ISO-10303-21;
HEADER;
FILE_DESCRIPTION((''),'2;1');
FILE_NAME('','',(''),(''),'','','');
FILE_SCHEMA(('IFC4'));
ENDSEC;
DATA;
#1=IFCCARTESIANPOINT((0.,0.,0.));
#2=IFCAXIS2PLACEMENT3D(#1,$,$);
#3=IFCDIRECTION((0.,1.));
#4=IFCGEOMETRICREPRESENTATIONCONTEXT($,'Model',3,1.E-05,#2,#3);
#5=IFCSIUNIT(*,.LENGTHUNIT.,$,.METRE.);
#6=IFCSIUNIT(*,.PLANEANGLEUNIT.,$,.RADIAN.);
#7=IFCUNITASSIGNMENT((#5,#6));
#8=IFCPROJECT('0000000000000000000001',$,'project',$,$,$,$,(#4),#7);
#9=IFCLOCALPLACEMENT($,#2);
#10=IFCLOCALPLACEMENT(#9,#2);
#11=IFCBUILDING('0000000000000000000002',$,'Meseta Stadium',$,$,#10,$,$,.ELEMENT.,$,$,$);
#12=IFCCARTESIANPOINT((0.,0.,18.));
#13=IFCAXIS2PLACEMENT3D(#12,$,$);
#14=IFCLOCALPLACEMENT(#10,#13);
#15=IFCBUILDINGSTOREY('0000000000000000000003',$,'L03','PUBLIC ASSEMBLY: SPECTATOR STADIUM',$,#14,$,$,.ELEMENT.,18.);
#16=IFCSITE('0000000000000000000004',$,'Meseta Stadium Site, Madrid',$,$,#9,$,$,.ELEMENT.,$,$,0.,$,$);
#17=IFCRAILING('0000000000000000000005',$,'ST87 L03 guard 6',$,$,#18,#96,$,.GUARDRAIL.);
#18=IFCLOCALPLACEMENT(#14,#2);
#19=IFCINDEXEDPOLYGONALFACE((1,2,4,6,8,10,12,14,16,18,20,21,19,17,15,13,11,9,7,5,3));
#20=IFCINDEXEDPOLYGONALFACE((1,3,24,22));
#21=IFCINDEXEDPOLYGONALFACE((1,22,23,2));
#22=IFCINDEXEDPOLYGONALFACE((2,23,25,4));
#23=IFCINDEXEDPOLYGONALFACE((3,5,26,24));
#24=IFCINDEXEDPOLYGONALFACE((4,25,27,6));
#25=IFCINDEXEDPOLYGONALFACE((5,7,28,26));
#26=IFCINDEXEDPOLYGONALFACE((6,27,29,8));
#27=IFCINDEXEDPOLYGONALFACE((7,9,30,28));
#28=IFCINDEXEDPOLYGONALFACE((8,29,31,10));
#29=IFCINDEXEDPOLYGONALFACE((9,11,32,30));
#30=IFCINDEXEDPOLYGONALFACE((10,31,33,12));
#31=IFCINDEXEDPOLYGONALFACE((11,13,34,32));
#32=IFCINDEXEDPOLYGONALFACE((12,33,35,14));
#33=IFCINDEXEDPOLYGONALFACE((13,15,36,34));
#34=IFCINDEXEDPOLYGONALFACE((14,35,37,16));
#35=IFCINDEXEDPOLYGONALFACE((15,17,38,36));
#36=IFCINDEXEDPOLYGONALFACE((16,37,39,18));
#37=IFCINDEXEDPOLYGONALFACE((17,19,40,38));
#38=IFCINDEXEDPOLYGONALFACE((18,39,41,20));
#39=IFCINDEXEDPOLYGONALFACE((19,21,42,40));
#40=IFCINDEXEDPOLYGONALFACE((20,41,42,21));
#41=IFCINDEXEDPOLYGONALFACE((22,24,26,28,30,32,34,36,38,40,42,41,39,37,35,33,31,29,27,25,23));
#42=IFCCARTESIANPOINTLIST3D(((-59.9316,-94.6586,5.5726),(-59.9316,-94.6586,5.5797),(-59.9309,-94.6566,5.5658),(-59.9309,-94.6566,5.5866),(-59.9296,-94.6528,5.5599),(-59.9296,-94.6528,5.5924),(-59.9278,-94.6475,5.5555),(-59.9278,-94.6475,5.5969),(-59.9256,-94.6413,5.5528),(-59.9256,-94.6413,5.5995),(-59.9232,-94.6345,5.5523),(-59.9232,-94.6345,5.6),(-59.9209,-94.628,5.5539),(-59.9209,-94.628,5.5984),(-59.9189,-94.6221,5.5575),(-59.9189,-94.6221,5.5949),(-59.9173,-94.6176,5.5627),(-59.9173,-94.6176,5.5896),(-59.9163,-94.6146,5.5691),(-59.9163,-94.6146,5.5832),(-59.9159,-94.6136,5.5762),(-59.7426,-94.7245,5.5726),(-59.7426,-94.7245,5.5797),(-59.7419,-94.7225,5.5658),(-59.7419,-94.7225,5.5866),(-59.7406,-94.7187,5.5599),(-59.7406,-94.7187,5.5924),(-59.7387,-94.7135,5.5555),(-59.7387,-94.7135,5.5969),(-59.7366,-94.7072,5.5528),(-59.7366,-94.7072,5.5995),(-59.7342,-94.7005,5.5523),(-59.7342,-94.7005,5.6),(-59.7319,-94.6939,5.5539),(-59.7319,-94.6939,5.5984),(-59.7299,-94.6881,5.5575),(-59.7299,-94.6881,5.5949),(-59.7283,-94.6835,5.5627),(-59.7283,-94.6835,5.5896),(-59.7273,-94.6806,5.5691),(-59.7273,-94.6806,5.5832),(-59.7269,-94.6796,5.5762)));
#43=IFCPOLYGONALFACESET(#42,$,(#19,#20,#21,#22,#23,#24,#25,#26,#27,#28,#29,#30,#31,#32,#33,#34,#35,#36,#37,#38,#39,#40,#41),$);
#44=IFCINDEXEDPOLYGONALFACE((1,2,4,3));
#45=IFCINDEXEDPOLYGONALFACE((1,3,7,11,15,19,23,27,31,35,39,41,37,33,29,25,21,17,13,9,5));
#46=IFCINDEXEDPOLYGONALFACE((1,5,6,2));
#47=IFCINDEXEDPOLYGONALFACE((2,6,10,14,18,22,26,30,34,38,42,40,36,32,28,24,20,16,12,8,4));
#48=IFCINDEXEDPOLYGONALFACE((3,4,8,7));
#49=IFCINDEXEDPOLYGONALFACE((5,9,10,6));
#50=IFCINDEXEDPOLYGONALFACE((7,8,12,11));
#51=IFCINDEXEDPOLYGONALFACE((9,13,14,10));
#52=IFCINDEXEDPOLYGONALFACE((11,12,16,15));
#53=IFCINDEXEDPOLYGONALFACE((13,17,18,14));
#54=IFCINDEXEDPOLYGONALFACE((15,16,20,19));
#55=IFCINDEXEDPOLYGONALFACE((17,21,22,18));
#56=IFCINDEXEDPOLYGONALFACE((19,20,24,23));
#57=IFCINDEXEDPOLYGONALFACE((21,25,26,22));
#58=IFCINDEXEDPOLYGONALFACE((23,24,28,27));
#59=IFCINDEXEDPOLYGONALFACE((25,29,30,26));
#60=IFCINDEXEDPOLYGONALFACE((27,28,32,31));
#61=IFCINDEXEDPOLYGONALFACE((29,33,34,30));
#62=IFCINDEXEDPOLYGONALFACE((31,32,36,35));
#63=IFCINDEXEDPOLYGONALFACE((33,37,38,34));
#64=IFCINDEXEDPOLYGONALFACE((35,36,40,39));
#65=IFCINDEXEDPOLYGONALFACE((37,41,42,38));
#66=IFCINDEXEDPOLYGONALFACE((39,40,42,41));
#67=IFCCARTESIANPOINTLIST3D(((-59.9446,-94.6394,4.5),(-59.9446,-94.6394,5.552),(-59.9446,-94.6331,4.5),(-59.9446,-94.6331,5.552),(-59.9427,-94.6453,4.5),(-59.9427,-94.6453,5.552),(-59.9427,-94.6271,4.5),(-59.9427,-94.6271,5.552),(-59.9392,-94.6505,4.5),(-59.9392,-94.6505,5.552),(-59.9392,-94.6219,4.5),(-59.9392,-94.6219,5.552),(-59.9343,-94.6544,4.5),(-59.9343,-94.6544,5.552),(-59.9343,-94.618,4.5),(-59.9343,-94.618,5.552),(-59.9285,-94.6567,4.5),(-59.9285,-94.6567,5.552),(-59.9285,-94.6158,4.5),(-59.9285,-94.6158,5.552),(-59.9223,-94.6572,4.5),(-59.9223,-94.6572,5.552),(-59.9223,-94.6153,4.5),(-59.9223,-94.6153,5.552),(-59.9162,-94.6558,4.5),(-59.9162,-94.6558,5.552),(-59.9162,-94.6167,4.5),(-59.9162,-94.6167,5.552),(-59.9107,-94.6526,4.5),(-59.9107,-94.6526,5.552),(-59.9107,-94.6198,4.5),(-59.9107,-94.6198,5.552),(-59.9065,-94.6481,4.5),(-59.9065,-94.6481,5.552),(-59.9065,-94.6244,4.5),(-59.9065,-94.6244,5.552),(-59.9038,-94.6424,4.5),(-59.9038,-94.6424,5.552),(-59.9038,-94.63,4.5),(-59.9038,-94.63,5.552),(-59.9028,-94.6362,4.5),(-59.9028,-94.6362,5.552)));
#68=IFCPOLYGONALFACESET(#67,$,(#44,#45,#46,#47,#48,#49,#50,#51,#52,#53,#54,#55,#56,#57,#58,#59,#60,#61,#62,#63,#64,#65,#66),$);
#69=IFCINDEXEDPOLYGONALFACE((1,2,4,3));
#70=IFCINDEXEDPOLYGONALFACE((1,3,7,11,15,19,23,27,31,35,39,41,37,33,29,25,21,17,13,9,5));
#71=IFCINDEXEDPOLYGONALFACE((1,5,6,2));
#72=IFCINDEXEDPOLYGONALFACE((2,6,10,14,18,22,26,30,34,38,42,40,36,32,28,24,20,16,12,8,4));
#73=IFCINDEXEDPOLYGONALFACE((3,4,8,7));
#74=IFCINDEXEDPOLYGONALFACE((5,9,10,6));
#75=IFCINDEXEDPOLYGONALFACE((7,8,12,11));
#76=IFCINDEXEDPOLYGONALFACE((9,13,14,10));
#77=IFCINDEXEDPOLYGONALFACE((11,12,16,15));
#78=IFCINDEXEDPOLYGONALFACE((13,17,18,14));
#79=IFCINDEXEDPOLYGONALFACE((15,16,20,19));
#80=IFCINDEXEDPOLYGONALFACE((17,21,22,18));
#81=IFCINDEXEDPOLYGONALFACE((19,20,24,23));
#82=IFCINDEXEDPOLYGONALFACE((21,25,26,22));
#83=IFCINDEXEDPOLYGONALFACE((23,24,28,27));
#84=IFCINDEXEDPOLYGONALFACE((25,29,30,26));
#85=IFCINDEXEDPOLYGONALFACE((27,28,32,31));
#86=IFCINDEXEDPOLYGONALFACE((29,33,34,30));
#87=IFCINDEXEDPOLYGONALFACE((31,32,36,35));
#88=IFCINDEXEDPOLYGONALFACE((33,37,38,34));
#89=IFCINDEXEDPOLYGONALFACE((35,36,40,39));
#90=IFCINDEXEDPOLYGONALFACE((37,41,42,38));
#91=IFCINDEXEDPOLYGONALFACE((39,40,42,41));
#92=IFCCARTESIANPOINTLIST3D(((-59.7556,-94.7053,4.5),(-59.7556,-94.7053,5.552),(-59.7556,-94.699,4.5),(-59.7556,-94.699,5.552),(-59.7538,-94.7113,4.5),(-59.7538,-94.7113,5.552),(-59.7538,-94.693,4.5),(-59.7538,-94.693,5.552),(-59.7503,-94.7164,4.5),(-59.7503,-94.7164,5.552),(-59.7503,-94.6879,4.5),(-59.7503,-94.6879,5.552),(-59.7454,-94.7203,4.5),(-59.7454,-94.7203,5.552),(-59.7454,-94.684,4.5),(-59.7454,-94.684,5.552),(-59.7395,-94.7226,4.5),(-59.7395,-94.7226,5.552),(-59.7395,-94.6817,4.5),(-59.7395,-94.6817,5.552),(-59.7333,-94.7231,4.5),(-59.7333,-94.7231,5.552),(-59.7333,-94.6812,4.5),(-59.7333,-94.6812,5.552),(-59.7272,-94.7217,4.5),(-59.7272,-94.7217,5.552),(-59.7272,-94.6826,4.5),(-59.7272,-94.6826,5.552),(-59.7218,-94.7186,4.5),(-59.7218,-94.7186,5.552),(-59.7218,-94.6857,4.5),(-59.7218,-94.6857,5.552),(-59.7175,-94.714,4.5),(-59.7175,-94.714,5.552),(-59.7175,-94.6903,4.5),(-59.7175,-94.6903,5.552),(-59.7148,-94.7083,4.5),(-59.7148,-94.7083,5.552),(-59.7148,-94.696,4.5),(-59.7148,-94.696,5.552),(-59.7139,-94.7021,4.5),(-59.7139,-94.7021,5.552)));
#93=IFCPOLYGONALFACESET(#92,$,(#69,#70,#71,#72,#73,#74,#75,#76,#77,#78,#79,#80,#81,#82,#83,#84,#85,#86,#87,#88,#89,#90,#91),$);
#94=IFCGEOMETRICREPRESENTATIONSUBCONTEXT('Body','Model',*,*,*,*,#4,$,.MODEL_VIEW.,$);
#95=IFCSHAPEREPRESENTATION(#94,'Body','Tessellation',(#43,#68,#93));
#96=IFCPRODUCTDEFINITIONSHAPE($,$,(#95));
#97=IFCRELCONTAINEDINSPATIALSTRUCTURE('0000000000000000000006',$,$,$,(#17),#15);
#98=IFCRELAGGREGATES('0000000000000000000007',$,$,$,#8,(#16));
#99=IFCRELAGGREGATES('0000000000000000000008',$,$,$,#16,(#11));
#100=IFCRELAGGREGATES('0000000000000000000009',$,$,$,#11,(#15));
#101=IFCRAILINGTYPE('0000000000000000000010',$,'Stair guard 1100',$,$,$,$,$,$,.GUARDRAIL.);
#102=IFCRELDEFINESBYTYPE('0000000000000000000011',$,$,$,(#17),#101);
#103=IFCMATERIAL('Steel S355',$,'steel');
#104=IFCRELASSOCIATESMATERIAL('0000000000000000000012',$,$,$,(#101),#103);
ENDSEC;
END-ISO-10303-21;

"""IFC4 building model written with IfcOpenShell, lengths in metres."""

from ifc_helpers import new_model, si_unit, direction, frame, origin, origin_2d, place, context, subcontext, project, spatial, circle, extrude, material, type_object, element, save


model = new_model("IFC4")

# Units and contexts
model_context = context("Model", 3, precision=1e-05, world=origin(), true_north=direction((0.0, 1.0)))
body_context = subcontext(model_context, "Body", "Model", "MODEL_VIEW")
ifc_project = project(units=[si_unit("LENGTHUNIT", "METRE"), si_unit("PLANEANGLEUNIT", "RADIAN")], contexts=[model_context])

# Site, building, storey
site_placement = place(None, origin())
site = spatial("IfcSite", under=ifc_project, at=site_placement, Name="Meseta Stadium Site, Madrid", CompositionType="ELEMENT", RefElevation=0.0)
building_placement = place(site_placement, origin())
building = spatial("IfcBuilding", under=site, at=building_placement, Name="Meseta Stadium", CompositionType="ELEMENT")
storey_placement = place(building_placement, frame((0.0, 0.0, 18.0)))
storey = spatial("IfcBuildingStorey", under=building, at=storey_placement, Name="L03", Description="PUBLIC ASSEMBLY: SPECTATOR STADIUM", CompositionType="ELEMENT", Elevation=18.0)

# Railing
ifc_material_1 = material(Name="Steel S355", Category="steel")
railing_type_1 = type_object("IfcRailingType", Name="Stair guard 1100", PredefinedType="GUARDRAIL", material=ifc_material_1)
railing_1_placement = place(storey_placement, frame((-59.9238, -94.6362, 4.5)))
element("IfcRailing", 1, at=railing_1_placement, inside=storey, type_object=railing_type_1, Name="ST87 L03 guard 6", PredefinedType="GUARDRAIL", context=body_context, shape_type="SweptSolid", body=[
    extrude(circle(Radius=0.0239, at=origin_2d()), frame((0.0, 0.0, 1.0762), z_axis=(0.9442, -0.329372, 0.0), x_axis=(0.329372, 0.9442, 0.0)), (0.0, 0.0, 1.0), 0.2002),
    extrude(circle(Radius=0.021, at=origin_2d()), origin(), (0.0, 0.0, 1.0), 1.052),
    extrude(circle(Radius=0.021, at=origin_2d()), frame((0.189, -0.0659, 0.0)), (0.0, 0.0, 1.0), 1.052),
])

save(model, "model.ifc")
